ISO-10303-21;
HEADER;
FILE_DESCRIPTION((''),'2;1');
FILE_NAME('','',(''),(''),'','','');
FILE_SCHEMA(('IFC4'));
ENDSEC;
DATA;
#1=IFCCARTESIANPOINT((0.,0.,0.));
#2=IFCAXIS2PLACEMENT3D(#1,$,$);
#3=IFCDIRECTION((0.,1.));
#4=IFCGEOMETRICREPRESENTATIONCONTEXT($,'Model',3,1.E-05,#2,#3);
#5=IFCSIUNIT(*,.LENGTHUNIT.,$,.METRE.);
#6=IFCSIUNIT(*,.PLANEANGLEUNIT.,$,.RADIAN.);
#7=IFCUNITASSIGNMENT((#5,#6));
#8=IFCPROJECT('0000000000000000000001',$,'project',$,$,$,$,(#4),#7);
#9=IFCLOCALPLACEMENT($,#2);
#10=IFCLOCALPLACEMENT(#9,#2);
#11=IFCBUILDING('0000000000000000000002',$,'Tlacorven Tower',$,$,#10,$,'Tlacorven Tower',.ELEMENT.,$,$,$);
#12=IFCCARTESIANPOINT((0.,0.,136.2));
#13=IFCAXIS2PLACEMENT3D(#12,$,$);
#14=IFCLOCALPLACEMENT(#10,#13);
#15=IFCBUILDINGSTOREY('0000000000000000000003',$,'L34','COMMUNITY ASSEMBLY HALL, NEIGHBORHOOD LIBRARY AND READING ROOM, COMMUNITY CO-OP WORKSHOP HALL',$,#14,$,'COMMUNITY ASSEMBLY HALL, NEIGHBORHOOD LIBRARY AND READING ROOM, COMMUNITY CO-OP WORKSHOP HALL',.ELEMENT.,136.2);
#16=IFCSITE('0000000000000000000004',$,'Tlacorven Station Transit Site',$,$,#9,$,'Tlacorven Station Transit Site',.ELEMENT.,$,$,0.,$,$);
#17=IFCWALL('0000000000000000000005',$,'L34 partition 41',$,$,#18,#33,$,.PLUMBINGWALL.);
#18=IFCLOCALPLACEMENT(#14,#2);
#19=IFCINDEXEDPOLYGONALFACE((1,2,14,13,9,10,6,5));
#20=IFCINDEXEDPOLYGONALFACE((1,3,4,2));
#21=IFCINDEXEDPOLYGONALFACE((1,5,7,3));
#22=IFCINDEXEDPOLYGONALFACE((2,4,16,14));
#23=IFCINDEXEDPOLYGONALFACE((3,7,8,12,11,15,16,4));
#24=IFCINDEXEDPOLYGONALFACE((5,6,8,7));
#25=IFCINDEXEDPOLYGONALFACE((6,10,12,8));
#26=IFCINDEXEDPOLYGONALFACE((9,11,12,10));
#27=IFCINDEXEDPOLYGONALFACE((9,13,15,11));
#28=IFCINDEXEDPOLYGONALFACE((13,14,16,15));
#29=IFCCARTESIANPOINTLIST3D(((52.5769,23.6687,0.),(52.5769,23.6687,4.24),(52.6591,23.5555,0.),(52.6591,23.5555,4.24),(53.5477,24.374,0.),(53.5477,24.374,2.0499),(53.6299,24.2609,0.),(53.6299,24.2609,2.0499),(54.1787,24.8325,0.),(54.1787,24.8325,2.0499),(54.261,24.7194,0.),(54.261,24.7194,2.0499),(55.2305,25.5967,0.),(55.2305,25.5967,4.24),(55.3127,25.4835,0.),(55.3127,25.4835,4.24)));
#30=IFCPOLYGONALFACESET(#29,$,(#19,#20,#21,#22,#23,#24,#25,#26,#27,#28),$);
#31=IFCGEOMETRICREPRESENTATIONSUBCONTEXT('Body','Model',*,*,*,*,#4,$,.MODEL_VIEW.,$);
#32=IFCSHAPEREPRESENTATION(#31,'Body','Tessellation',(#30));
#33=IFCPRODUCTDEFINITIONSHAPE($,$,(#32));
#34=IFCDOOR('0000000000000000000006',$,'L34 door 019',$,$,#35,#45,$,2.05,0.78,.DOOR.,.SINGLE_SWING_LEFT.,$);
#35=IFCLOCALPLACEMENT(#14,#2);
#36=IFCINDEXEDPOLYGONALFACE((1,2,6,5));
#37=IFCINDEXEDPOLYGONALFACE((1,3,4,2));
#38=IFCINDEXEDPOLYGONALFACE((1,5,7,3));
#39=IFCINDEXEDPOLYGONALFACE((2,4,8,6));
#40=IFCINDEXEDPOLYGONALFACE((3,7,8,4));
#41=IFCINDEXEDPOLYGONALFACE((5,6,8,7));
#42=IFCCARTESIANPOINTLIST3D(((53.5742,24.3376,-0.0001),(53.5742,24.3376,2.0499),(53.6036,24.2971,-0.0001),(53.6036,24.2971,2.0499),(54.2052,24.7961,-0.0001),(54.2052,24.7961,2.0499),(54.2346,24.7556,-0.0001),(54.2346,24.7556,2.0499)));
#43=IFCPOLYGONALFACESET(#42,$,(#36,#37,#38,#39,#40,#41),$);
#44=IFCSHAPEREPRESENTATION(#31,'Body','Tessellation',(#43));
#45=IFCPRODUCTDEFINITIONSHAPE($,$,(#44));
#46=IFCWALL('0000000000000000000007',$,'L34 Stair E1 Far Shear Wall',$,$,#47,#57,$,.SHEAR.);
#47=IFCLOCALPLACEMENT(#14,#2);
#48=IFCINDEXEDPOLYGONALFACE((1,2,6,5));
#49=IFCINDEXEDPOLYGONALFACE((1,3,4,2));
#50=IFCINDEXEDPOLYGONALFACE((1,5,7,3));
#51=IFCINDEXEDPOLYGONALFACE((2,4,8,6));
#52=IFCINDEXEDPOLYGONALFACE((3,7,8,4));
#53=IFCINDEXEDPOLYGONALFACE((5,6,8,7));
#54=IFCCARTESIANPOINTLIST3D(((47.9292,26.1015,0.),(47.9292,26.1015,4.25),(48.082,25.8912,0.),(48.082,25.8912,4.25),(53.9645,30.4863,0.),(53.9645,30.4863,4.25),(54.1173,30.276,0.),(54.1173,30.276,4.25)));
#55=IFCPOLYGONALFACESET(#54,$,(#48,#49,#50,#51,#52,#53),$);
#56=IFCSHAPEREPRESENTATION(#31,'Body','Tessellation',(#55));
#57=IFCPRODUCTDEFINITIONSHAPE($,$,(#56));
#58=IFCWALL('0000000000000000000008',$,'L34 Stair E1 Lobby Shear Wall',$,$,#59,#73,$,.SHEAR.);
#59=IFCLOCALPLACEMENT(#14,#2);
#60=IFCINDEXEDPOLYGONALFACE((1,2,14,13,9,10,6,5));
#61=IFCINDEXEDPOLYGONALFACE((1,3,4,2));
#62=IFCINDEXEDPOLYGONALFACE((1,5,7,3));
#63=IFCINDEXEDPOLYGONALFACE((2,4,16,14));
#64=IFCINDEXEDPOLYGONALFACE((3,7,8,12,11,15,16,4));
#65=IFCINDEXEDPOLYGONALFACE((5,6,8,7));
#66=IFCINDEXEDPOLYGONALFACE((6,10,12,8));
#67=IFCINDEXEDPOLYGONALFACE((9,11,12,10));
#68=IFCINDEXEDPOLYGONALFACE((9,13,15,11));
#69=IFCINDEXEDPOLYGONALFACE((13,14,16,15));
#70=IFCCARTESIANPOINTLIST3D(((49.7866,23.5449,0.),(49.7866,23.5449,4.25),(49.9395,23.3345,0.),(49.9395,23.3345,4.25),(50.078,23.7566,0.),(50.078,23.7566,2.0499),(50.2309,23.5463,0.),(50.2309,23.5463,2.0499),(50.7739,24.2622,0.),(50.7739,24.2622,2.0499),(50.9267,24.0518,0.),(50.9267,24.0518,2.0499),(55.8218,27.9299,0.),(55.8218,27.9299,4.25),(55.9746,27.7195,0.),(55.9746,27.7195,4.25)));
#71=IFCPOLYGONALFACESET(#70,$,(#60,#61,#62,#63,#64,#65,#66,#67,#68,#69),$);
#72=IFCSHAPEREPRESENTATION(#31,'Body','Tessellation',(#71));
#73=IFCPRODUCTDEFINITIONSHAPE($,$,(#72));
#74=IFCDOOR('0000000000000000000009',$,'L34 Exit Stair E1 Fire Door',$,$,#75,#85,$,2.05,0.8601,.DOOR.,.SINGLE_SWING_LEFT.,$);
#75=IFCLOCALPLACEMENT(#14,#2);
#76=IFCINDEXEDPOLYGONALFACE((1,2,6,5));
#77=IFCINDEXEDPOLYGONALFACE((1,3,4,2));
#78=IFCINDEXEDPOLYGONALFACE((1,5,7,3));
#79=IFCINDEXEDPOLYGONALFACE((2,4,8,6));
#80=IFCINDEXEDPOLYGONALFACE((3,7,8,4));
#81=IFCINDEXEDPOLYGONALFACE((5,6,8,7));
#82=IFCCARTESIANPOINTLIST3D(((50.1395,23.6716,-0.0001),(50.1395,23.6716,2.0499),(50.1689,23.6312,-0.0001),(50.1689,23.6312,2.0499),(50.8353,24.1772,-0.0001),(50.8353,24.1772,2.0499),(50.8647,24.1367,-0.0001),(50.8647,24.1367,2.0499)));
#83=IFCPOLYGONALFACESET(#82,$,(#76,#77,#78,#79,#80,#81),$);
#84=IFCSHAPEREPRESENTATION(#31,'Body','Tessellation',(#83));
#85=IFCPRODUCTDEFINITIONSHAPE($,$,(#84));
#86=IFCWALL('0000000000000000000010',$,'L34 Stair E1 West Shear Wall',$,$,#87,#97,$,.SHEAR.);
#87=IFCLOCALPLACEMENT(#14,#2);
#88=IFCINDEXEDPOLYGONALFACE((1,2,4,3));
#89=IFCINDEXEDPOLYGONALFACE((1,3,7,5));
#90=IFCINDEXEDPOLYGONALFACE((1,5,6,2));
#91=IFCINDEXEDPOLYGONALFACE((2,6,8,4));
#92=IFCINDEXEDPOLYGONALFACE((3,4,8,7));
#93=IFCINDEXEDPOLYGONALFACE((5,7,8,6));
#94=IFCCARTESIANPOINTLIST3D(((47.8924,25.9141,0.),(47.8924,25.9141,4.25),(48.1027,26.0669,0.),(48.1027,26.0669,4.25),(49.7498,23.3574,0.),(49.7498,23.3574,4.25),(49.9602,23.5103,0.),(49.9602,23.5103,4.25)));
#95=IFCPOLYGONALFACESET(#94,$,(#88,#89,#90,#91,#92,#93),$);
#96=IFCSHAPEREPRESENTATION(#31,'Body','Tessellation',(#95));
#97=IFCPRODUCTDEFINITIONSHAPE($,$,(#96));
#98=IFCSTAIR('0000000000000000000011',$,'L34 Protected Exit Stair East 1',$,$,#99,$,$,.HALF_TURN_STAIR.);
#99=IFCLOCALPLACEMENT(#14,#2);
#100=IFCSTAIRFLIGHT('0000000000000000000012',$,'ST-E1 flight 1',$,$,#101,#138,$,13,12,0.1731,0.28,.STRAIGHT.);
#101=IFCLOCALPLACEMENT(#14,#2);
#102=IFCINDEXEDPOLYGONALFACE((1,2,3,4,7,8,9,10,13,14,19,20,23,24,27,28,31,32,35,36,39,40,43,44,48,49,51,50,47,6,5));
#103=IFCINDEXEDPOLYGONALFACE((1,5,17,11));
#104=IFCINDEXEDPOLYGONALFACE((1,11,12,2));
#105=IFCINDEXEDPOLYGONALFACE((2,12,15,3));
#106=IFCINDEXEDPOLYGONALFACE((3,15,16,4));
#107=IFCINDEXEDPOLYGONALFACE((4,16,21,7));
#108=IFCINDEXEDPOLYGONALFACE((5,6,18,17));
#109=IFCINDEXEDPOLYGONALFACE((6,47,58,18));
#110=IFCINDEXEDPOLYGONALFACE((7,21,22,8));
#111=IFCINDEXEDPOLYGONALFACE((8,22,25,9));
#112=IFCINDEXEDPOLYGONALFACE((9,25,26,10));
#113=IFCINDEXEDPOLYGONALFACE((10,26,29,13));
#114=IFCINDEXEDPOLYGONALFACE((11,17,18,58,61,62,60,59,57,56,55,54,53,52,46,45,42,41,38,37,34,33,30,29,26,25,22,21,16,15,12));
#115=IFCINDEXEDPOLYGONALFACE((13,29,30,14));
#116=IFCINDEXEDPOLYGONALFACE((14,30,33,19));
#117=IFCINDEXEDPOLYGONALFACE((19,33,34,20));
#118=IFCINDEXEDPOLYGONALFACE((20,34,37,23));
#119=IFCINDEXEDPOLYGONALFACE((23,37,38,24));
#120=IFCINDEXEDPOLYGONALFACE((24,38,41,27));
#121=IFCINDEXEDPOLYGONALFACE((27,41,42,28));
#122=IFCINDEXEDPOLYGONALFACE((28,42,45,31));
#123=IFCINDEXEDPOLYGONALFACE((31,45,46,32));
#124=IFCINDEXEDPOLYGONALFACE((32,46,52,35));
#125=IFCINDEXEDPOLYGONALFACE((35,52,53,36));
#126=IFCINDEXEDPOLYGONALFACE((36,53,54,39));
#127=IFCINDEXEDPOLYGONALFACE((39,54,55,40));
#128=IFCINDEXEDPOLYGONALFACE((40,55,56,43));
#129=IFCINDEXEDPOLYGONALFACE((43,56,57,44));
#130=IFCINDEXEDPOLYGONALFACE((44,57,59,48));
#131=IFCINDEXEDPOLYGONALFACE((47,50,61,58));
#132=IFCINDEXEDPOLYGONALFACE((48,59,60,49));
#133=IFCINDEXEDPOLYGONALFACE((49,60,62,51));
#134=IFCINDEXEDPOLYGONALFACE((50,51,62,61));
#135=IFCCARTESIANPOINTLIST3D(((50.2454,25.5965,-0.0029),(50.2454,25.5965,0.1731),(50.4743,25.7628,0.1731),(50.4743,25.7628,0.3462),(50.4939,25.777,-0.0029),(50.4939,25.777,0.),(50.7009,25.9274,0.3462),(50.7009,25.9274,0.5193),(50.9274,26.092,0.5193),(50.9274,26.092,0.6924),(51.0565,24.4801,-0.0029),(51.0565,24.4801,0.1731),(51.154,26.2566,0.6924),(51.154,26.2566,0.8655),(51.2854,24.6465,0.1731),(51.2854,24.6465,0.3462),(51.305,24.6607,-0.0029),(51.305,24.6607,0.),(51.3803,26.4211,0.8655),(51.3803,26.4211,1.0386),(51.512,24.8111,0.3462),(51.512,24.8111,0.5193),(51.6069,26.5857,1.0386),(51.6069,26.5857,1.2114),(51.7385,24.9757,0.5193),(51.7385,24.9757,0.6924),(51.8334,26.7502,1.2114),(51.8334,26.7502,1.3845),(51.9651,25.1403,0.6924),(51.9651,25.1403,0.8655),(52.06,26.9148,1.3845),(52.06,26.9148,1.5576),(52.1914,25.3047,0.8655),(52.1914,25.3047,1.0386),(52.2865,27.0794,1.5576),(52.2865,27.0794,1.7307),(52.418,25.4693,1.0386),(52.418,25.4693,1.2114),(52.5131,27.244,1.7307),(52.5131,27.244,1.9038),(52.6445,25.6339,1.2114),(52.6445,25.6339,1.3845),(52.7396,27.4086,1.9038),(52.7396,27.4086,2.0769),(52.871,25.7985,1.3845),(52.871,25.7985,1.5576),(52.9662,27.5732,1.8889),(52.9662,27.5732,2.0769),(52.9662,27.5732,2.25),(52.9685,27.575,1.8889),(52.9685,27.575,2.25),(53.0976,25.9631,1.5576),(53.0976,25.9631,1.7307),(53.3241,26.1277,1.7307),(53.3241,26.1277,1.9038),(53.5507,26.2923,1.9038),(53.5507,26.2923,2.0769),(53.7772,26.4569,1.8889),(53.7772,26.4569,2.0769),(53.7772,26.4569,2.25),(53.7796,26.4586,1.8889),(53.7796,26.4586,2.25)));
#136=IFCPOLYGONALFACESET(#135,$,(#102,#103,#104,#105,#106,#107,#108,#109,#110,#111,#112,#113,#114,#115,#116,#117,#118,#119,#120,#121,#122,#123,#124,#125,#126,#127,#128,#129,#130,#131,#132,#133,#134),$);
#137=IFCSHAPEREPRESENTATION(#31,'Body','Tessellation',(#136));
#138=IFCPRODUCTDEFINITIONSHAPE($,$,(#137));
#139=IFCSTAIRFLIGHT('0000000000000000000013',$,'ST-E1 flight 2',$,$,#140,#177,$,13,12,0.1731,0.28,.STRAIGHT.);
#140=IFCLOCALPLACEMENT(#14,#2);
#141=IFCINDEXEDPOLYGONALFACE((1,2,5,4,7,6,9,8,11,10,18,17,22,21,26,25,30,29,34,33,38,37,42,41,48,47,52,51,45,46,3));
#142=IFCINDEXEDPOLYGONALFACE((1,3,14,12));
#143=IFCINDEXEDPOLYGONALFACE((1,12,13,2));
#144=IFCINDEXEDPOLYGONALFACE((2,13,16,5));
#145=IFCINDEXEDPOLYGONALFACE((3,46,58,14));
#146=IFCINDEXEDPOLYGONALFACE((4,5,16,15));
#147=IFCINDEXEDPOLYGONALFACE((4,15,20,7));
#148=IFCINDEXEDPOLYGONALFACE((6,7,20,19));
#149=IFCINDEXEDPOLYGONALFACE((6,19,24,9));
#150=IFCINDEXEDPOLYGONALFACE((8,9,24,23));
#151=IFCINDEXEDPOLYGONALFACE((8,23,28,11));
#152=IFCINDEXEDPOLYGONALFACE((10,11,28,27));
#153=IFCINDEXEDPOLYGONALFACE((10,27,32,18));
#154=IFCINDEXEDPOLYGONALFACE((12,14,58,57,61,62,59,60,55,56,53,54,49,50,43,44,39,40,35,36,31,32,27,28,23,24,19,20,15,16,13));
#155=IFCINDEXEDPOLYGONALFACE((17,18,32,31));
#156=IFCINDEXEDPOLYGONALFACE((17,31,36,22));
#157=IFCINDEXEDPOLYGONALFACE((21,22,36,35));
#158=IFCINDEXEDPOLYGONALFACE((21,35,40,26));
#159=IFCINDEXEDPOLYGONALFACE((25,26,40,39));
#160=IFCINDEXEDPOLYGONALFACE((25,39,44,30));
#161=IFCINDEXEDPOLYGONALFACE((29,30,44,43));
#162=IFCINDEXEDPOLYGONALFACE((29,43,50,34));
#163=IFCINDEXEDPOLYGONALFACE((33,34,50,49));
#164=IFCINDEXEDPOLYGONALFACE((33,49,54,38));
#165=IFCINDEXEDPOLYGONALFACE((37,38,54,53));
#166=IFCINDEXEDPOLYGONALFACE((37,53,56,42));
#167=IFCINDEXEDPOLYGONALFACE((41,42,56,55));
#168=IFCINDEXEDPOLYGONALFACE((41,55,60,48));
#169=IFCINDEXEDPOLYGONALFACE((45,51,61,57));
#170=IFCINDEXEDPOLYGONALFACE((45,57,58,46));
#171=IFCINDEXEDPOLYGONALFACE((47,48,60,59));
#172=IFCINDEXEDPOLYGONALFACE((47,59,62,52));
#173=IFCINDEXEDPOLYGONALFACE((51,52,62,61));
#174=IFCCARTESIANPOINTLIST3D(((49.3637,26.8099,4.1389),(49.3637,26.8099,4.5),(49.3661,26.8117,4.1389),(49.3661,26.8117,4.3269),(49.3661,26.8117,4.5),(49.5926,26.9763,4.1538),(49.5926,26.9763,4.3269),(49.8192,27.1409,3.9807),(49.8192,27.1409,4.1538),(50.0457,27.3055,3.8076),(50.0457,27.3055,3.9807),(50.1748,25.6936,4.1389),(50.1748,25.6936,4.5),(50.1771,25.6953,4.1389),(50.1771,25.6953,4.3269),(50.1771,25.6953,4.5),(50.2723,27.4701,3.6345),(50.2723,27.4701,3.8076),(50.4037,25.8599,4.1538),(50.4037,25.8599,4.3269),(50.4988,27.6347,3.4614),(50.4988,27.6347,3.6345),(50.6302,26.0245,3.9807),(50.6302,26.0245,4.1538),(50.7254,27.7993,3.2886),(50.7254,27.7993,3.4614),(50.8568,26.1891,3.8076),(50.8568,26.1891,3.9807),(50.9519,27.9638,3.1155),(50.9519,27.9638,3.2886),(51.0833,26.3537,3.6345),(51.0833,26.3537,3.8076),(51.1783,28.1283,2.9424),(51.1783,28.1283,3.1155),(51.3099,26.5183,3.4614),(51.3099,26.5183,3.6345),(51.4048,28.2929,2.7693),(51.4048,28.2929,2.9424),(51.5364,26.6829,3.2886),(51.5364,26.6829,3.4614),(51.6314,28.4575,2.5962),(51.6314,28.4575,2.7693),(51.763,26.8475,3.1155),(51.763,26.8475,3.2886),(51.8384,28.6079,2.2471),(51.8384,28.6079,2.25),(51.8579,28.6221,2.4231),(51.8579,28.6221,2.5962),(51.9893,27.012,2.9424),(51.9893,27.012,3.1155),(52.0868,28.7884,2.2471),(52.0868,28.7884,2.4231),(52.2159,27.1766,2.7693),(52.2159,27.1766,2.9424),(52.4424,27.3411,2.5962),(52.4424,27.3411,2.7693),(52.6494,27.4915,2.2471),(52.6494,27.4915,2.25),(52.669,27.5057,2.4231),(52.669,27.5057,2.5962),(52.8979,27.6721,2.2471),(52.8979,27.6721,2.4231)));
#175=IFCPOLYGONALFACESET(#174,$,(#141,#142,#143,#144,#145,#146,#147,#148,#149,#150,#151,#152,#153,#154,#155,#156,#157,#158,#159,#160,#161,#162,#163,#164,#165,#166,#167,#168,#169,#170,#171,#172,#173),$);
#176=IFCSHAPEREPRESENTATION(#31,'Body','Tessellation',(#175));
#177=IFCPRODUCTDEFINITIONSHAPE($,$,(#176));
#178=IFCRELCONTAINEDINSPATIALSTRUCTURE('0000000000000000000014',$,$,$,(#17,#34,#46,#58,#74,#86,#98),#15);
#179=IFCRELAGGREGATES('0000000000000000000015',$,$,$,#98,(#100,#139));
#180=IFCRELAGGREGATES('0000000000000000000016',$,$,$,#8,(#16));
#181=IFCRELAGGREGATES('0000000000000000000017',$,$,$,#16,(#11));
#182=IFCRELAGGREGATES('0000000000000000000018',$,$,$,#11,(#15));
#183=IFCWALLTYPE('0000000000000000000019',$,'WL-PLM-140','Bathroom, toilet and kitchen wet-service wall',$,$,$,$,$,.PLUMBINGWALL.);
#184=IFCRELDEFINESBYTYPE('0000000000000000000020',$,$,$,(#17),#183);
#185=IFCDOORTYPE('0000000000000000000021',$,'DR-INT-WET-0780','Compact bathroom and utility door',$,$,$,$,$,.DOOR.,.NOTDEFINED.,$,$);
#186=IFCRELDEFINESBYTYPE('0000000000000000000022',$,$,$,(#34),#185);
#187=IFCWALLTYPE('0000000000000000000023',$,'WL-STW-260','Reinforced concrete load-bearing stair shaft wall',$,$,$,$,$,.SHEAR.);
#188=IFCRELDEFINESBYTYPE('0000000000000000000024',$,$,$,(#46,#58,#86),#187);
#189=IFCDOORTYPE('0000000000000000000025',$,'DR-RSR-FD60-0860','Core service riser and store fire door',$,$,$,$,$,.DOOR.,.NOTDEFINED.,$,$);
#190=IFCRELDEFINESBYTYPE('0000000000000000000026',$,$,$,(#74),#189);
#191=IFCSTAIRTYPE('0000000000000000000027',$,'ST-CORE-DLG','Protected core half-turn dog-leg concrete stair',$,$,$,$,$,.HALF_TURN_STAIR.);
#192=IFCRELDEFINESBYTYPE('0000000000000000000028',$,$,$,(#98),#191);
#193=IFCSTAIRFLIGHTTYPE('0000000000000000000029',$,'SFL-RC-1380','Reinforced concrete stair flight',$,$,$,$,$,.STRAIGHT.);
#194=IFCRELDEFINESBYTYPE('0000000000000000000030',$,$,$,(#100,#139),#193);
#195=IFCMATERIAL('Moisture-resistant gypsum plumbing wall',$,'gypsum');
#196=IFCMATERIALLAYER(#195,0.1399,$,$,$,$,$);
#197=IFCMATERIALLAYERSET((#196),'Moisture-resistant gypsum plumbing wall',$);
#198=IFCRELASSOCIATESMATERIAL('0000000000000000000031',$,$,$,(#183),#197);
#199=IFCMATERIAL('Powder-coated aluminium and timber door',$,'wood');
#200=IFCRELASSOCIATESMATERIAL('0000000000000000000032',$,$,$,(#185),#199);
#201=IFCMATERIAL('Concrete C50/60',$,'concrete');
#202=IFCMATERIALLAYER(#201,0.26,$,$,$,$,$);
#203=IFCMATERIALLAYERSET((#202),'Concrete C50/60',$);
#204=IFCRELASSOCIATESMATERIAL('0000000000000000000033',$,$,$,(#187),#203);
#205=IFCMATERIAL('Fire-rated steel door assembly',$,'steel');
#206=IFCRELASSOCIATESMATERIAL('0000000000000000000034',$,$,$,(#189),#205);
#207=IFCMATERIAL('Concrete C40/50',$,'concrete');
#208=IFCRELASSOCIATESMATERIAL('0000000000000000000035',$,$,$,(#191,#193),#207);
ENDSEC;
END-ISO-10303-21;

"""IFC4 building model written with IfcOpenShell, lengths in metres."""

from ifc_helpers import new_model, si_unit, direction, frame, frame_2d, origin, place, context, subcontext, project, spatial, polyline, rectangle, outline, extrude, source, transform, mapped, material, layer, layer_set, type_object, element, fill, aggregate, save


model = new_model("IFC4")

# Units and contexts
model_context = context("Model", 3, precision=1e-05, world=origin(), true_north=direction((0.0, 1.0)))
body_context = subcontext(model_context, "Body", "Model", "MODEL_VIEW")
ifc_project = project(units=[si_unit("LENGTHUNIT", "METRE"), si_unit("PLANEANGLEUNIT", "RADIAN")], contexts=[model_context])

# Site, building, storey
site_placement = place(None, origin())
site = spatial("IfcSite", under=ifc_project, at=site_placement, Name="Tlacorven Station Transit Site", LongName="Tlacorven Station Transit Site", CompositionType="ELEMENT", RefElevation=0.0)
building_placement = place(site_placement, origin())
building = spatial("IfcBuilding", under=site, at=building_placement, Name="Tlacorven Tower", LongName="Tlacorven Tower", CompositionType="ELEMENT")
storey_placement = place(building_placement, frame((0.0, 0.0, 136.2)))
storey = spatial("IfcBuildingStorey", under=building, at=storey_placement, Name="L34", Description="COMMUNITY ASSEMBLY HALL, NEIGHBORHOOD LIBRARY AND READING ROOM, COMMUNITY CO-OP WORKSHOP HALL", LongName="COMMUNITY ASSEMBLY HALL, NEIGHBORHOOD LIBRARY AND READING ROOM, COMMUNITY CO-OP WORKSHOP HALL", CompositionType="ELEMENT", Elevation=136.2)

# Wall, opening, door
ifc_material_1 = material(Name="Moisture-resistant gypsum plumbing wall", Category="gypsum")
ifc_layer_1 = layer(ifc_material_1, 0.1399)
ifc_layer_set_1 = layer_set([ifc_layer_1], Name="Moisture-resistant gypsum plumbing wall")
wall_type_1 = type_object("IfcWallType", Name="WL-PLM-140", Description="Bathroom, toilet and kitchen wet-service wall", PredefinedType="PLUMBINGWALL", material=ifc_layer_set_1)
wall_1_placement = place(storey_placement, frame((52.6179, 23.6121, 0.0), z_axis=(0.0, 0.0, 1.0), x_axis=(0.80901, 0.587795, 0.0)))
wall_1 = element("IfcWall", 1, at=wall_1_placement, inside=storey, type_object=wall_type_1, Name="L34 partition 41", PredefinedType="PLUMBINGWALL", context=body_context, shape_type="SweptSolid", body=[
    extrude(rectangle(XDim=3.28, YDim=0.1399, at=frame_2d((1.6401, 0.0))), origin(), (0.0, 0.0, 1.0), 4.24),
])
opening_1_placement = place(wall_1_placement, frame((1.2, 0.0, 0.0)))
opening_1 = element("IfcOpeningElement", 2, at=opening_1_placement, cuts=wall_1, PredefinedType="OPENING", context=body_context, shape_type="SweptSolid", body=[
    extrude(rectangle(XDim=0.78, YDim=2.05, at=frame_2d((0.3901, 1.0249))), frame((0.0, 0.0801, 0.0), z_axis=(0.0, -1.0, 0.0), x_axis=(1.0, 0.0, 0.0)), (0.0, 0.0, 1.0), 0.1599),
])
ifc_material_2 = material(Name="Powder-coated aluminium and timber door", Category="wood")
door_type_1 = type_object("IfcDoorType", Name="DR-INT-WET-0780", Description="Compact bathroom and utility door", OperationType="NOTDEFINED", PredefinedType="DOOR", material=ifc_material_2)
shared_shape_1 = source(origin(), body_context, "Body", "SweptSolid", [
    extrude(rectangle(XDim=0.78, YDim=2.05, at=frame_2d((0.3901, 1.0249))), frame((0.0, 0.0249, 0.0), z_axis=(0.0, -1.0, 0.0), x_axis=(1.0, 0.0, 0.0)), (0.0, 0.0, 1.0), 0.05),
])
door_1_placement = place(opening_1_placement, origin())
door_1 = element("IfcDoor", 3, at=door_1_placement, inside=storey, type_object=door_type_1, Name="L34 door 019", OperationType="SINGLE_SWING_LEFT", OverallHeight=2.05, OverallWidth=0.78, PredefinedType="DOOR", context=body_context, shape_type="MappedRepresentation", body=[
    mapped(shared_shape_1, transform((0.0, 0.0, 0.0), scale=1.0)),
])
fill(opening_1, door_1)

# Wall
ifc_material_3 = material(Name="Concrete C50/60", Category="concrete")
ifc_layer_2 = layer(ifc_material_3, 0.26)
ifc_layer_set_2 = layer_set([ifc_layer_2], Name="Concrete C50/60")
wall_type_2 = type_object("IfcWallType", Name="WL-STW-260", Description="Reinforced concrete load-bearing stair shaft wall", PredefinedType="SHEAR", material=ifc_layer_set_2)
wall_2_placement = place(storey_placement, frame((48.0056, 25.9963, 0.0), z_axis=(0.0, 0.0, 1.0), x_axis=(0.809019, 0.587782, 0.0)))
element("IfcWall", 4, at=wall_2_placement, inside=storey, type_object=wall_type_2, Name="L34 Stair E1 Far Shear Wall", PredefinedType="SHEAR", context=body_context, shape_type="SweptSolid", body=[
    extrude(rectangle(XDim=7.46, YDim=0.26, at=frame_2d((3.73, 0.0))), origin(), (0.0, 0.0, 1.0), 4.25),
])

# Wall, opening, door
wall_3_placement = place(storey_placement, frame((49.863, 23.4397, 0.0), z_axis=(0.0, 0.0, 1.0), x_axis=(0.809003, 0.587804, 0.0)))
wall_3 = element("IfcWall", 5, at=wall_3_placement, inside=storey, type_object=wall_type_2, Name="L34 Stair E1 Lobby Shear Wall", PredefinedType="SHEAR", context=body_context, shape_type="SweptSolid", body=[
    extrude(rectangle(XDim=7.46, YDim=0.26, at=frame_2d((3.73, 0.0))), origin(), (0.0, 0.0, 1.0), 4.25),
])
opening_2_placement = place(wall_3_placement, frame((0.3601, 0.0, 0.0)))
opening_2 = element("IfcOpeningElement", 6, at=opening_2_placement, cuts=wall_3, PredefinedType="OPENING", context=body_context, shape_type="SweptSolid", body=[
    extrude(rectangle(XDim=0.8601, YDim=2.05, at=frame_2d((0.4302, 1.0249))), frame((0.0, 0.1401, 0.0), z_axis=(0.0, -1.0, 0.0), x_axis=(1.0, 0.0, 0.0)), (0.0, 0.0, 1.0), 0.28),
])
ifc_material_4 = material(Name="Fire-rated steel door assembly", Category="steel")
door_type_2 = type_object("IfcDoorType", Name="DR-RSR-FD60-0860", Description="Core service riser and store fire door", OperationType="NOTDEFINED", PredefinedType="DOOR", material=ifc_material_4)
shared_shape_2 = source(origin(), body_context, "Body", "SweptSolid", [
    extrude(rectangle(XDim=0.8601, YDim=2.05, at=frame_2d((0.4302, 1.0249))), frame((0.0, 0.0249, 0.0), z_axis=(0.0, -1.0, 0.0), x_axis=(1.0, 0.0, 0.0)), (0.0, 0.0, 1.0), 0.05),
])
door_2_placement = place(opening_2_placement, frame((0.8601, 0.0, 0.0), z_axis=(0.0, 0.0, 1.0), x_axis=(-1.0, 0.0, 0.0)))
door_2 = element("IfcDoor", 7, at=door_2_placement, inside=storey, type_object=door_type_2, Name="L34 Exit Stair E1 Fire Door", OperationType="SINGLE_SWING_LEFT", OverallHeight=2.05, OverallWidth=0.8601, PredefinedType="DOOR", context=body_context, shape_type="MappedRepresentation", body=[
    mapped(shared_shape_2, transform((0.0, 0.0, 0.0), scale=1.0)),
])
fill(opening_2, door_2)

# Wall
wall_4_placement = place(storey_placement, frame((49.855, 23.4338, 0.0), z_axis=(0.0, 0.0, 1.0), x_axis=(-0.587767, 0.80903, 0.0)))
element("IfcWall", 8, at=wall_4_placement, inside=storey, type_object=wall_type_2, Name="L34 Stair E1 West Shear Wall", PredefinedType="SHEAR", context=body_context, shape_type="SweptSolid", body=[
    extrude(rectangle(XDim=3.1602, YDim=0.26, at=frame_2d((1.5801, 0.0))), origin(), (0.0, 0.0, 1.0), 4.25),
])

# Stair, stair flights
ifc_material_5 = material(Name="Concrete C40/50", Category="concrete")
stair_type = type_object("IfcStairType", Name="ST-CORE-DLG", Description="Protected core half-turn dog-leg concrete stair", PredefinedType="HALF_TURN_STAIR", material=ifc_material_5)
stair_placement = place(storey_placement, origin())
stair = element("IfcStair", 9, at=stair_placement, inside=storey, type_object=stair_type, Name="L34 Protected Exit Stair East 1", PredefinedType="HALF_TURN_STAIR")
stair_flight_type = type_object("IfcStairFlightType", Name="SFL-RC-1380", Description="Reinforced concrete stair flight", PredefinedType="STRAIGHT", material=ifc_material_5)
shared_shape_3 = source(origin(), body_context, "Body", "SweptSolid", [
    extrude(outline(polyline([(-0.0029, -0.0029), (-0.0029, 0.1731), (0.28, 0.1731), (0.28, 0.3462), (0.5601, 0.3462), (0.5601, 0.5193), (0.8401, 0.5193), (0.8401, 0.6924), (1.1201, 0.6924), (1.1201, 0.8655), (1.3999, 0.8655), (1.3999, 1.0386), (1.6799, 1.0386), (1.6799, 1.2114), (1.96, 1.2114), (1.96, 1.3845), (2.24, 1.3845), (2.24, 1.5576), (2.52, 1.5576), (2.52, 1.7307), (2.8, 1.7307), (2.8, 1.9038), (3.0801, 1.9038), (3.0801, 2.0769), (3.3601, 2.0769), (3.3601, 2.25), (3.363, 2.25), (3.363, 1.8889), (3.3601, 1.8889), (0.3042, 0.0), (0.3042, -0.0029), (-0.0029, -0.0029)])), frame((0.0, 0.6899, 0.0), z_axis=(0.0, -1.0, 0.0), x_axis=(1.0, 0.0, 0.0)), (0.0, 0.0, 1.0), 1.3799),
])
stair_flight_1_placement = place(storey_placement, frame((50.6533, 25.04, 0.0), z_axis=(0.0, 0.0, 1.0), x_axis=(0.809017, 0.587785, 0.0)))
stair_flight_1 = element("IfcStairFlight", 10, at=stair_flight_1_placement, type_object=stair_flight_type, Name="ST-E1 flight 1", NumberOfRisers=13, NumberOfTreads=12, PredefinedType="STRAIGHT", RiserHeight=0.1731, TreadLength=0.28, context=body_context, shape_type="MappedRepresentation", body=[
    mapped(shared_shape_3, transform((0.0, 0.0, 0.0), scale=1.0)),
])
stair_flight_2_placement = place(storey_placement, frame((52.49, 28.2285, 2.25), z_axis=(0.0, 0.0, 1.0), x_axis=(-0.809017, -0.587785, 0.0)))
stair_flight_2 = element("IfcStairFlight", 11, at=stair_flight_2_placement, type_object=stair_flight_type, Name="ST-E1 flight 2", NumberOfRisers=13, NumberOfTreads=12, PredefinedType="STRAIGHT", RiserHeight=0.1731, TreadLength=0.28, context=body_context, shape_type="MappedRepresentation", body=[
    mapped(shared_shape_3, transform((0.0, 0.0, 0.0), scale=1.0)),
])
aggregate(stair, [stair_flight_1, stair_flight_2])

save(model, "model.ifc")
